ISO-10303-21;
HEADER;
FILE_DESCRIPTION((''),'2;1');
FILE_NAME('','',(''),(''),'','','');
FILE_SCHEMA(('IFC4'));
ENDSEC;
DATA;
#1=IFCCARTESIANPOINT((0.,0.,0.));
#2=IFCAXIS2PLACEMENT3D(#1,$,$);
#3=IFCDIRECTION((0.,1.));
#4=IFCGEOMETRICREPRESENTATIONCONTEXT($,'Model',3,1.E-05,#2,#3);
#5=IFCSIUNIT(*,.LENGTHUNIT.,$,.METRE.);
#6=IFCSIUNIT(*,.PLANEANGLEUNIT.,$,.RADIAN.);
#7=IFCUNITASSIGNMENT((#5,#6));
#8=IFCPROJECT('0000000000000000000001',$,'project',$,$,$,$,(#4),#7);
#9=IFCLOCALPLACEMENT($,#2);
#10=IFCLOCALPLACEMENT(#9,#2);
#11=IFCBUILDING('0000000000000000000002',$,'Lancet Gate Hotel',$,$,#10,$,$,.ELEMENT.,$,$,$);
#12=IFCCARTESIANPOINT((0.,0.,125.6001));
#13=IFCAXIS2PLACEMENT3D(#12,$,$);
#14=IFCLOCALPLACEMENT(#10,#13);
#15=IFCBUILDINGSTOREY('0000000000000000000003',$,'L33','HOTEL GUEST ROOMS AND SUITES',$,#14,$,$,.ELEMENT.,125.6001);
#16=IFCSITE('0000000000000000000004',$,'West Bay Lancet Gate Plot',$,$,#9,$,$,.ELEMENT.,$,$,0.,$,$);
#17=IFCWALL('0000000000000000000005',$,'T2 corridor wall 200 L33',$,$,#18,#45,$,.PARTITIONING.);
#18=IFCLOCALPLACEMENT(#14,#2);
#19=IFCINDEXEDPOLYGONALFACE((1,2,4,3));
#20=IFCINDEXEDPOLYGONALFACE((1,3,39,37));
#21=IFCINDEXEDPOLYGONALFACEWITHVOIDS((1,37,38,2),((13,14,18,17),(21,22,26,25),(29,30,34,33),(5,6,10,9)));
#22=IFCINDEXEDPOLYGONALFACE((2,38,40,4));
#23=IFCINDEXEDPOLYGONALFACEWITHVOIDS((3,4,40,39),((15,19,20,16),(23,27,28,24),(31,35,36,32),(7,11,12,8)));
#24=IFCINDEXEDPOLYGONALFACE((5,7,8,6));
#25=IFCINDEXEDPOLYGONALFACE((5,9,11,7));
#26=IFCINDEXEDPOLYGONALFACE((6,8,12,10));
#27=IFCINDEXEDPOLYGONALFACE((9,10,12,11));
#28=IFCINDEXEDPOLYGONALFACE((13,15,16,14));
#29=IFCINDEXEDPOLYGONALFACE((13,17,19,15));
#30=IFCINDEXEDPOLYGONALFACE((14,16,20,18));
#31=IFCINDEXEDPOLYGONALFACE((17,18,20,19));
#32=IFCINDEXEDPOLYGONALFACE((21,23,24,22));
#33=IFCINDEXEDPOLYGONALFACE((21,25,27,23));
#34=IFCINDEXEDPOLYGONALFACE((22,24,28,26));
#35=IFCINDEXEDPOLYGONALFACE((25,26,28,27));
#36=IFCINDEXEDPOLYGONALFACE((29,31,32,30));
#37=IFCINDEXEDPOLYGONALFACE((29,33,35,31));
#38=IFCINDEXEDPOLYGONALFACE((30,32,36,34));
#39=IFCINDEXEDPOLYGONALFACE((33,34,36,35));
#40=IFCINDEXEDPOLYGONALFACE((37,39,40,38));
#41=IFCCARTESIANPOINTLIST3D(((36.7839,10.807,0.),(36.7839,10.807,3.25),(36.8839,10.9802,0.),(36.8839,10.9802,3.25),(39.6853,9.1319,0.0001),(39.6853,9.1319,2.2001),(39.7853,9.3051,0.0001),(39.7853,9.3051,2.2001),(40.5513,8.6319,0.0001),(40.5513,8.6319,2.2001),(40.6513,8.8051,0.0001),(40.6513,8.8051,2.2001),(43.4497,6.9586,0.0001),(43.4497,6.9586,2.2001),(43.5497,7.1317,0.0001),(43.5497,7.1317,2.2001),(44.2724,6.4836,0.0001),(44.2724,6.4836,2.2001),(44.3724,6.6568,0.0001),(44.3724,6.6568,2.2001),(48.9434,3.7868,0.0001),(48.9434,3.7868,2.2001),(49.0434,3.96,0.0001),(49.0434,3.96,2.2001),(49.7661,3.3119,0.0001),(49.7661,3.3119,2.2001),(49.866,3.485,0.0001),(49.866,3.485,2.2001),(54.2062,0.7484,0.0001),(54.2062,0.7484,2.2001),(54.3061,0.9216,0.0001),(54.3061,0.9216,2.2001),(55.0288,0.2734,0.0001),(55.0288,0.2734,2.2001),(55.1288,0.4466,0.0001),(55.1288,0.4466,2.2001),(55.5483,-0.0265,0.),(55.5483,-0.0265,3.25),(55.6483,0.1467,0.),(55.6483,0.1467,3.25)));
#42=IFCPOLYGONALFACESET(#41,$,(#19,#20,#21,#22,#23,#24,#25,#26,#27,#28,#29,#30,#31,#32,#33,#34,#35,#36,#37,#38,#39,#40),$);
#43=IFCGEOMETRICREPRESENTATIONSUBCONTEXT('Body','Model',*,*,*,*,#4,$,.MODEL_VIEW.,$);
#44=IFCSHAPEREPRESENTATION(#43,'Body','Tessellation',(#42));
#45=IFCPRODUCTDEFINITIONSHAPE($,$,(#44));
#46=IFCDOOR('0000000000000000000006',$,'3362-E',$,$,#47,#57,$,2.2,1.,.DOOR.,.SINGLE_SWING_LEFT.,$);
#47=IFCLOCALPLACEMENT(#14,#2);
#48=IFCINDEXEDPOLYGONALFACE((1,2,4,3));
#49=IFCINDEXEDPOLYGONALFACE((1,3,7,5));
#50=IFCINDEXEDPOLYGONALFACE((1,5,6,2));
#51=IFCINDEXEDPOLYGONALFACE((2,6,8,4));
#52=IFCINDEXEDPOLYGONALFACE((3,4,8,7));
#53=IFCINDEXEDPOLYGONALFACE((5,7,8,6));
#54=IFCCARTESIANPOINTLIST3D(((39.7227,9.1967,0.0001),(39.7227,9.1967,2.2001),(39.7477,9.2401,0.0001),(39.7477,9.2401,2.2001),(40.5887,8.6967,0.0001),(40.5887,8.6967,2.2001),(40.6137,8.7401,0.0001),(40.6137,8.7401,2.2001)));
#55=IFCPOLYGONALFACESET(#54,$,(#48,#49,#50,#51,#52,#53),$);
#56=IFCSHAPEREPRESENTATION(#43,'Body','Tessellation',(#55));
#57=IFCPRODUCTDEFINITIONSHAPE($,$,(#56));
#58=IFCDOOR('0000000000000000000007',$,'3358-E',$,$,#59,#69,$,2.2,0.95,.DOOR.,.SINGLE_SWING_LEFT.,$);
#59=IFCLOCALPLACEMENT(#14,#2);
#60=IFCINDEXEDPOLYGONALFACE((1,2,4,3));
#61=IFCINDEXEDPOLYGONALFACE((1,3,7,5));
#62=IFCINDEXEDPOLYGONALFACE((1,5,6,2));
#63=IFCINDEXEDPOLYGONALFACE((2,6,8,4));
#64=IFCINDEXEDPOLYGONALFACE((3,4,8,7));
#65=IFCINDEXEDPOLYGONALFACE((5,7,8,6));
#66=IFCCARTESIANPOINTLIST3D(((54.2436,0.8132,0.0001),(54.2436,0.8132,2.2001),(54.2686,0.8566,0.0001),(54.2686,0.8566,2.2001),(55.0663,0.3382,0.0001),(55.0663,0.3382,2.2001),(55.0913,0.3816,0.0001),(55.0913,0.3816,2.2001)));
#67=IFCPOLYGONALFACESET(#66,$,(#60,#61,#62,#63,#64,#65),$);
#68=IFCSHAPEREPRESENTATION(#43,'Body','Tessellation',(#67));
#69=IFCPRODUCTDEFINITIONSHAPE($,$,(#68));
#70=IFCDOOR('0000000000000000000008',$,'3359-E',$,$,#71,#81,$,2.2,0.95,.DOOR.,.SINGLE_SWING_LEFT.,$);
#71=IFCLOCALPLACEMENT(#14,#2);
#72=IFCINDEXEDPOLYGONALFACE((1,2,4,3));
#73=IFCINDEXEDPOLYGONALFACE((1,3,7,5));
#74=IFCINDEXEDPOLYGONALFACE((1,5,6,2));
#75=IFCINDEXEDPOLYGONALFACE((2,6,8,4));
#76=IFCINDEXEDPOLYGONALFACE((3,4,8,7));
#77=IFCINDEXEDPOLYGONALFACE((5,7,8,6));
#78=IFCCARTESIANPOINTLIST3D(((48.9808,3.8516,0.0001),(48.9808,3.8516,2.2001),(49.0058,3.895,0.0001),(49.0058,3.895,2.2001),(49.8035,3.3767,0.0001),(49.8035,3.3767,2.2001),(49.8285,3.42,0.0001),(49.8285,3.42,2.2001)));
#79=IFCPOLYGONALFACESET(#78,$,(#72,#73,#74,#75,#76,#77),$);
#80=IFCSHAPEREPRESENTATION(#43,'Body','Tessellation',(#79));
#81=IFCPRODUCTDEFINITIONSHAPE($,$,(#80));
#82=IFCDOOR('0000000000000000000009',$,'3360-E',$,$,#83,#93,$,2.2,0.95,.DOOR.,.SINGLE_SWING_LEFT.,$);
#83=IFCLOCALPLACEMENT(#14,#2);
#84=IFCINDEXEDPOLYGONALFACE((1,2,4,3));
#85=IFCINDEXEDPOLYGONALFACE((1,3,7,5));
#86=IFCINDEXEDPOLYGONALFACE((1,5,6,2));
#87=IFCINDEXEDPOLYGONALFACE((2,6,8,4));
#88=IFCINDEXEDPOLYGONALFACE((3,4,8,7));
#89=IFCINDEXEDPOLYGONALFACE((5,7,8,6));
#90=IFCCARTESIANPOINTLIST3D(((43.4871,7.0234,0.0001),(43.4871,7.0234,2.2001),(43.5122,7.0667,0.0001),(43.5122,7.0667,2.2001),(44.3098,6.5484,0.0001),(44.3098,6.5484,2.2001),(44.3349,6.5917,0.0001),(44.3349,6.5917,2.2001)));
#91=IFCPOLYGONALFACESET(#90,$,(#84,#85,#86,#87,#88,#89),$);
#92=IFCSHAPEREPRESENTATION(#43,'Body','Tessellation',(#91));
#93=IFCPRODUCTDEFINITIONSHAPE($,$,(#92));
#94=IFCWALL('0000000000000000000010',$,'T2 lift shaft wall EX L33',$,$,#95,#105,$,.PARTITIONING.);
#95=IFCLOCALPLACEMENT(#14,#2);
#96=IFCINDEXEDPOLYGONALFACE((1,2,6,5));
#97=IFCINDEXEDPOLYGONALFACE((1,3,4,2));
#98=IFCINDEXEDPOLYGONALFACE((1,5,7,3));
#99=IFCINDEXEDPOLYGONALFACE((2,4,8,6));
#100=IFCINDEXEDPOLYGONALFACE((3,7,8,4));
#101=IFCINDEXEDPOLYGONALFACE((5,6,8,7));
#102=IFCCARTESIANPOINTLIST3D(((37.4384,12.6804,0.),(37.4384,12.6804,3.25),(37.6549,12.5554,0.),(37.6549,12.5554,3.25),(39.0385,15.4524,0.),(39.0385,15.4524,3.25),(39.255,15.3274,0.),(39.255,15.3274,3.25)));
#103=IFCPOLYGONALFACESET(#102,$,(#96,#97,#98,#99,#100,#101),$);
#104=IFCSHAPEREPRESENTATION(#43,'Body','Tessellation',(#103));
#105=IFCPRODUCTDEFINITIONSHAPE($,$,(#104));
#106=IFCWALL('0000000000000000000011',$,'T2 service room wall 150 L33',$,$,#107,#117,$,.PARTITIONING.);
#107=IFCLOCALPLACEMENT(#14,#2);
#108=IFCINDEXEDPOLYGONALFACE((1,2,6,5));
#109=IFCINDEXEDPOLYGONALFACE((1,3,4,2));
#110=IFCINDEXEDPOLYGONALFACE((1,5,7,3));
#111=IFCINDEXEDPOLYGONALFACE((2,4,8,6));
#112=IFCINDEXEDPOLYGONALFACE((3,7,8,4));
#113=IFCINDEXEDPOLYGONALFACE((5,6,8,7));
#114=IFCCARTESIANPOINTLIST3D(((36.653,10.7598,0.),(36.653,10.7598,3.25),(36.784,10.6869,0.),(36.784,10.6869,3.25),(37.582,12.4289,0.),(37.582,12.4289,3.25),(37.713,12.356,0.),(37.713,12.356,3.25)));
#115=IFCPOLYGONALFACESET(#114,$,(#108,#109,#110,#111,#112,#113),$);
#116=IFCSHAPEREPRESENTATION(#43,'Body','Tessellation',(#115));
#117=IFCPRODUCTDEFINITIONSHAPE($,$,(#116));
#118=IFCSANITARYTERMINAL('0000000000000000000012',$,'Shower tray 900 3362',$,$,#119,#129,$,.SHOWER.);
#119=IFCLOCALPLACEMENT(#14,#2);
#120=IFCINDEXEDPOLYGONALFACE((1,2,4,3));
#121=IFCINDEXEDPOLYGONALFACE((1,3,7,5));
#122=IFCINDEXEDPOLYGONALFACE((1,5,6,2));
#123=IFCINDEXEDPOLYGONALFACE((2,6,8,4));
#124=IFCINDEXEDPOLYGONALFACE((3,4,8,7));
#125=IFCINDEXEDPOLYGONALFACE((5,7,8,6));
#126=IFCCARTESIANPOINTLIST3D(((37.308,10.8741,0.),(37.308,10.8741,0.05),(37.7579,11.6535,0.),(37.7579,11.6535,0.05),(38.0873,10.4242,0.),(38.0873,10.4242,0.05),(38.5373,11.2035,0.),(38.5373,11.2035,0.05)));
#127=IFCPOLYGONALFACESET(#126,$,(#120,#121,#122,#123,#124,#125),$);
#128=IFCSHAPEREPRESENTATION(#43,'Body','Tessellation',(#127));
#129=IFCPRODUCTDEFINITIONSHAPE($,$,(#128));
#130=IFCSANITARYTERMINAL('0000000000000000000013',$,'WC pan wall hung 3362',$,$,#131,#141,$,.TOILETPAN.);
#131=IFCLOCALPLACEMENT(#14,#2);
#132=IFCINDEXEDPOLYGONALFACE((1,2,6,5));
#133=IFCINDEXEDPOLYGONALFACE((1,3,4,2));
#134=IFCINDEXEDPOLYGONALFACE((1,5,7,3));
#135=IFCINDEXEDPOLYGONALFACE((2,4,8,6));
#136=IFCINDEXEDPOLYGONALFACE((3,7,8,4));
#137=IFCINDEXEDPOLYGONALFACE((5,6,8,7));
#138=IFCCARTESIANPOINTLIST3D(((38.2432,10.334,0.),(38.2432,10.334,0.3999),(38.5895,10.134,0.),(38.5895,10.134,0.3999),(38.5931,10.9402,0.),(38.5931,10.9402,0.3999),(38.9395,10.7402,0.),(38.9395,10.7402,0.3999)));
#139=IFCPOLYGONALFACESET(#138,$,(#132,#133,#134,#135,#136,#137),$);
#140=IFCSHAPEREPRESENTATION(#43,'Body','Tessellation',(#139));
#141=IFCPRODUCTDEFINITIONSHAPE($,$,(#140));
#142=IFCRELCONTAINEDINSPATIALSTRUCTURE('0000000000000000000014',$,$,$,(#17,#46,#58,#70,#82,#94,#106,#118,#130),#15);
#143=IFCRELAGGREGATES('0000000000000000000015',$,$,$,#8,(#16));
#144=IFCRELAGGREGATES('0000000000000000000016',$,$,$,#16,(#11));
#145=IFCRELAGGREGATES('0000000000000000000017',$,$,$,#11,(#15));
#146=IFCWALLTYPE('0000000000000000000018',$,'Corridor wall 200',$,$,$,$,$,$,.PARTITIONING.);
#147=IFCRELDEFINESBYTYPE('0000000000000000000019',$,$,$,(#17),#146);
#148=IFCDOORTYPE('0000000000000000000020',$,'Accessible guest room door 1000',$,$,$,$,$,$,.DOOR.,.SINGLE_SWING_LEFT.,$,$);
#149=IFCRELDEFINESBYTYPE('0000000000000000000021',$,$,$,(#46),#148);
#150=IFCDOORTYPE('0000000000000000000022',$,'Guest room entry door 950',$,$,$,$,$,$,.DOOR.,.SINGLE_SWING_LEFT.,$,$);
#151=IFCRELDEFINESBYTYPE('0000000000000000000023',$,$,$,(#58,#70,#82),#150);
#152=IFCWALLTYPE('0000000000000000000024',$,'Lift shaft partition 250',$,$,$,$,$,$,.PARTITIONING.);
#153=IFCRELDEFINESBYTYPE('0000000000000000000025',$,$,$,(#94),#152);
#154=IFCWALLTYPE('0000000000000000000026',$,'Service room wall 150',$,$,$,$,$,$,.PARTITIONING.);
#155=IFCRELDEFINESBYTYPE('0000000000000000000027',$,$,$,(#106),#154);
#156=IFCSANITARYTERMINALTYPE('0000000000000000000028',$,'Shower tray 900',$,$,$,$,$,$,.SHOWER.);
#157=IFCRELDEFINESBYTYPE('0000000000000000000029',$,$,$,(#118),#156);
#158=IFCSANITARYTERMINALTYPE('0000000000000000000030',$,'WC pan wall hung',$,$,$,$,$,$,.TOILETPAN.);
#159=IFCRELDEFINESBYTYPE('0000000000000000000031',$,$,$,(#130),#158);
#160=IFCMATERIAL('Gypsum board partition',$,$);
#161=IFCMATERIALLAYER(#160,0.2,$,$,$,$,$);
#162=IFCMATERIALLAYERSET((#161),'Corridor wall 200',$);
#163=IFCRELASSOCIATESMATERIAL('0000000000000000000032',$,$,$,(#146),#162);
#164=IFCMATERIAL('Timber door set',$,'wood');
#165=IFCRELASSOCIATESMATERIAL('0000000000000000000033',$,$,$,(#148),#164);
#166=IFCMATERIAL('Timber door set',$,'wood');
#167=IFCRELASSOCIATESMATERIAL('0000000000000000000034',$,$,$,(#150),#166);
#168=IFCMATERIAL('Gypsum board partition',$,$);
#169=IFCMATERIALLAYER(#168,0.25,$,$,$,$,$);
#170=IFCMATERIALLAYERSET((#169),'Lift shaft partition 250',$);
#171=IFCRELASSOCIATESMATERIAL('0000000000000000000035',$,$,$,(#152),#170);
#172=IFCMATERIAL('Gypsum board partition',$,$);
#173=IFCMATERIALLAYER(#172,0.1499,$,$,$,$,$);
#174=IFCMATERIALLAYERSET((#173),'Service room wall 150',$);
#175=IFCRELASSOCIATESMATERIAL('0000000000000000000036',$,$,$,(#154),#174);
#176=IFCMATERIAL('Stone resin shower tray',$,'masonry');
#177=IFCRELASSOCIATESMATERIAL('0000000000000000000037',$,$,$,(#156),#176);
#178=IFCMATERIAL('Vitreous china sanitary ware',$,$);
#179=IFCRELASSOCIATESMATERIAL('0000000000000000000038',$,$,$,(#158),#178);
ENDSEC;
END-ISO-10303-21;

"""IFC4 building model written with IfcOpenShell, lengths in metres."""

from ifc_helpers import new_model, si_unit, direction, frame, frame_2d, origin, origin_2d, place, context, subcontext, project, spatial, rectangle, extrude, material, layer, layer_set, type_object, element, fill, save


model = new_model("IFC4")

# Units and contexts
model_context = context("Model", 3, precision=1e-05, world=origin(), true_north=direction((0.0, 1.0)))
body_context = subcontext(model_context, "Body", "Model", "MODEL_VIEW")
ifc_project = project(units=[si_unit("LENGTHUNIT", "METRE"), si_unit("PLANEANGLEUNIT", "RADIAN")], contexts=[model_context])

# Site, building, storey
site_placement = place(None, origin())
site = spatial("IfcSite", under=ifc_project, at=site_placement, Name="West Bay Lancet Gate Plot", CompositionType="ELEMENT", RefElevation=0.0)
building_placement = place(site_placement, origin())
building = spatial("IfcBuilding", under=site, at=building_placement, Name="Lancet Gate Hotel", CompositionType="ELEMENT")
storey_placement = place(building_placement, frame((0.0, 0.0, 125.6001)))
storey = spatial("IfcBuildingStorey", under=building, at=storey_placement, Name="L33", Description="HOTEL GUEST ROOMS AND SUITES", CompositionType="ELEMENT", Elevation=125.6001)

# Wall, openings, doors
ifc_material_1 = material(Name="Gypsum board partition")
ifc_layer_1 = layer(ifc_material_1, 0.2)
ifc_layer_set_1 = layer_set([ifc_layer_1], Name="Corridor wall 200")
wall_type_1 = type_object("IfcWallType", Name="Corridor wall 200", PredefinedType="PARTITIONING", material=ifc_layer_set_1)
wall_1_placement = place(storey_placement, frame((36.834, 10.8936, 0.0), z_axis=(0.0, 0.0, 1.0), x_axis=(0.866028, -0.499995, 0.0)))
wall_1 = element("IfcWall", 1, at=wall_1_placement, inside=storey, type_object=wall_type_1, Name="T2 corridor wall 200 L33", PredefinedType="PARTITIONING", context=body_context, shape_type="SweptSolid", body=[
    extrude(rectangle(XDim=21.6672, YDim=0.2, at=frame_2d((10.8335, 0.0))), origin(), (0.0, 0.0, 1.0), 3.25),
])
opening_1_placement = place(wall_1_placement, frame((20.1172, 0.0, 0.0)))
opening_1 = element("IfcOpeningElement", 2, at=opening_1_placement, cuts=wall_1, PredefinedType="OPENING", context=body_context, shape_type="SweptSolid", body=[
    extrude(rectangle(XDim=0.95, YDim=2.2, at=frame_2d((0.4751, 1.1001))), frame((0.0, 0.1099, 0.0), z_axis=(0.0, -1.0, 0.0), x_axis=(1.0, 0.0, 0.0)), (0.0, 0.0, 1.0), 0.22),
])
opening_2_placement = place(wall_1_placement, frame((14.0403, 0.0, 0.0)))
opening_2 = element("IfcOpeningElement", 3, at=opening_2_placement, cuts=wall_1, PredefinedType="OPENING", context=body_context, shape_type="SweptSolid", body=[
    extrude(rectangle(XDim=0.95, YDim=2.2, at=frame_2d((0.4751, 1.1001))), frame((0.0, 0.1099, 0.0), z_axis=(0.0, -1.0, 0.0), x_axis=(1.0, 0.0, 0.0)), (0.0, 0.0, 1.0), 0.22),
])
opening_3_placement = place(wall_1_placement, frame((7.6968, 0.0, 0.0)))
opening_3 = element("IfcOpeningElement", 4, at=opening_3_placement, cuts=wall_1, PredefinedType="OPENING", context=body_context, shape_type="SweptSolid", body=[
    extrude(rectangle(XDim=0.95, YDim=2.2, at=frame_2d((0.4751, 1.1001))), frame((0.0, 0.1099, 0.0), z_axis=(0.0, -1.0, 0.0), x_axis=(1.0, 0.0, 0.0)), (0.0, 0.0, 1.0), 0.22),
])
opening_4_placement = place(wall_1_placement, frame((3.3501, 0.0, 0.0)))
opening_4 = element("IfcOpeningElement", 5, at=opening_4_placement, cuts=wall_1, PredefinedType="OPENING", context=body_context, shape_type="SweptSolid", body=[
    extrude(rectangle(XDim=1.0, YDim=2.2, at=frame_2d((0.5, 1.1001))), frame((0.0, 0.1099, 0.0), z_axis=(0.0, -1.0, 0.0), x_axis=(1.0, 0.0, 0.0)), (0.0, 0.0, 1.0), 0.22),
])
ifc_material_2 = material(Name="Timber door set", Category="wood")
door_type_1 = type_object("IfcDoorType", Name="Accessible guest room door 1000", OperationType="SINGLE_SWING_LEFT", PredefinedType="DOOR", material=ifc_material_2)
door_1_placement = place(opening_4_placement, origin())
door_1 = element("IfcDoor", 6, at=door_1_placement, inside=storey, type_object=door_type_1, Name="3362-E", OperationType="SINGLE_SWING_LEFT", OverallHeight=2.2, OverallWidth=1.0, PredefinedType="DOOR", context=body_context, shape_type="SweptSolid", body=[
    extrude(rectangle(XDim=1.0, YDim=2.2, at=frame_2d((0.5, 1.1001))), frame((0.0, 0.0249, 0.0), z_axis=(0.0, -1.0, 0.0), x_axis=(1.0, 0.0, 0.0)), (0.0, 0.0, 1.0), 0.05),
])
fill(opening_4, door_1)
ifc_material_3 = material(Name="Timber door set", Category="wood")
door_type_2 = type_object("IfcDoorType", Name="Guest room entry door 950", OperationType="SINGLE_SWING_LEFT", PredefinedType="DOOR", material=ifc_material_3)
door_2_placement = place(opening_1_placement, origin())
door_2 = element("IfcDoor", 7, at=door_2_placement, inside=storey, type_object=door_type_2, Name="3358-E", OperationType="SINGLE_SWING_LEFT", OverallHeight=2.2, OverallWidth=0.95, PredefinedType="DOOR", context=body_context, shape_type="SweptSolid", body=[
    extrude(rectangle(XDim=0.95, YDim=2.2, at=frame_2d((0.4751, 1.1001))), frame((0.0, 0.0249, 0.0), z_axis=(0.0, -1.0, 0.0), x_axis=(1.0, 0.0, 0.0)), (0.0, 0.0, 1.0), 0.05),
])
fill(opening_1, door_2)
door_3_placement = place(opening_2_placement, origin())
door_3 = element("IfcDoor", 8, at=door_3_placement, inside=storey, type_object=door_type_2, Name="3359-E", OperationType="SINGLE_SWING_LEFT", OverallHeight=2.2, OverallWidth=0.95, PredefinedType="DOOR", context=body_context, shape_type="SweptSolid", body=[
    extrude(rectangle(XDim=0.95, YDim=2.2, at=frame_2d((0.4751, 1.1001))), frame((0.0, 0.0249, 0.0), z_axis=(0.0, -1.0, 0.0), x_axis=(1.0, 0.0, 0.0)), (0.0, 0.0, 1.0), 0.05),
])
fill(opening_2, door_3)
door_4_placement = place(opening_3_placement, origin())
door_4 = element("IfcDoor", 9, at=door_4_placement, inside=storey, type_object=door_type_2, Name="3360-E", OperationType="SINGLE_SWING_LEFT", OverallHeight=2.2, OverallWidth=0.95, PredefinedType="DOOR", context=body_context, shape_type="SweptSolid", body=[
    extrude(rectangle(XDim=0.95, YDim=2.2, at=frame_2d((0.4751, 1.1001))), frame((0.0, 0.0249, 0.0), z_axis=(0.0, -1.0, 0.0), x_axis=(1.0, 0.0, 0.0)), (0.0, 0.0, 1.0), 0.05),
])
fill(opening_3, door_4)

# Walls
ifc_material_4 = material(Name="Gypsum board partition")
ifc_layer_2 = layer(ifc_material_4, 0.25)
ifc_layer_set_2 = layer_set([ifc_layer_2], Name="Lift shaft partition 250")
wall_type_2 = type_object("IfcWallType", Name="Lift shaft partition 250", PredefinedType="PARTITIONING", material=ifc_layer_set_2)
wall_2_placement = place(storey_placement, frame((37.5466, 12.6179, 0.0), z_axis=(0.0, 0.0, 1.0), x_axis=(0.499929, 0.866066, 0.0)))
element("IfcWall", 10, at=wall_2_placement, inside=storey, type_object=wall_type_2, Name="T2 lift shaft wall EX L33", PredefinedType="PARTITIONING", context=body_context, shape_type="SweptSolid", body=[
    extrude(rectangle(XDim=3.2007, YDim=0.25, at=frame_2d((1.6003, 0.0))), origin(), (0.0, 0.0, 1.0), 3.25),
])
ifc_material_5 = material(Name="Gypsum board partition")
ifc_layer_3 = layer(ifc_material_5, 0.1499)
ifc_layer_set_3 = layer_set([ifc_layer_3], Name="Service room wall 150")
wall_type_3 = type_object("IfcWallType", Name="Service room wall 150", PredefinedType="PARTITIONING", material=ifc_layer_set_3)
wall_3_placement = place(storey_placement, frame((36.7185, 10.7234, 0.0), z_axis=(0.0, 0.0, 1.0), x_axis=(0.486348, 0.873765, 0.0)))
element("IfcWall", 11, at=wall_3_placement, inside=storey, type_object=wall_type_3, Name="T2 service room wall 150 L33", PredefinedType="PARTITIONING", context=body_context, shape_type="SweptSolid", body=[
    extrude(rectangle(XDim=1.9102, YDim=0.1499, at=frame_2d((0.9551, 0.0))), origin(), (0.0, 0.0, 1.0), 3.25),
])

# Sanitary terminals
ifc_material_6 = material(Name="Stone resin shower tray", Category="masonry")
sanitary_terminal_type_1 = type_object("IfcSanitaryTerminalType", Name="Shower tray 900", PredefinedType="SHOWER", material=ifc_material_6)
sanitary_terminal_1_placement = place(storey_placement, frame((37.9226, 11.0388, 0.0), z_axis=(0.0, 0.0, 1.0), x_axis=(-0.866025, 0.5, 0.0)))
element("IfcSanitaryTerminal", 12, at=sanitary_terminal_1_placement, inside=storey, type_object=sanitary_terminal_type_1, Name="Shower tray 900 3362", PredefinedType="SHOWER", context=body_context, shape_type="SweptSolid", body=[
    extrude(rectangle(XDim=0.8999, YDim=0.8999, at=origin_2d()), origin(), (0.0, 0.0, 1.0), 0.05),
])
ifc_material_7 = material(Name="Vitreous china sanitary ware")
sanitary_terminal_type_2 = type_object("IfcSanitaryTerminalType", Name="WC pan wall hung", PredefinedType="TOILETPAN", material=ifc_material_7)
sanitary_terminal_2_placement = place(storey_placement, frame((38.5913, 10.5371, 0.0), z_axis=(0.0, 0.0, 1.0), x_axis=(-0.866025, 0.5, 0.0)))
element("IfcSanitaryTerminal", 13, at=sanitary_terminal_2_placement, inside=storey, type_object=sanitary_terminal_type_2, Name="WC pan wall hung 3362", PredefinedType="TOILETPAN", context=body_context, shape_type="SweptSolid", body=[
    extrude(rectangle(XDim=0.3999, YDim=0.7, at=origin_2d()), origin(), (0.0, 0.0, 1.0), 0.3999),
])

save(model, "model.ifc")
